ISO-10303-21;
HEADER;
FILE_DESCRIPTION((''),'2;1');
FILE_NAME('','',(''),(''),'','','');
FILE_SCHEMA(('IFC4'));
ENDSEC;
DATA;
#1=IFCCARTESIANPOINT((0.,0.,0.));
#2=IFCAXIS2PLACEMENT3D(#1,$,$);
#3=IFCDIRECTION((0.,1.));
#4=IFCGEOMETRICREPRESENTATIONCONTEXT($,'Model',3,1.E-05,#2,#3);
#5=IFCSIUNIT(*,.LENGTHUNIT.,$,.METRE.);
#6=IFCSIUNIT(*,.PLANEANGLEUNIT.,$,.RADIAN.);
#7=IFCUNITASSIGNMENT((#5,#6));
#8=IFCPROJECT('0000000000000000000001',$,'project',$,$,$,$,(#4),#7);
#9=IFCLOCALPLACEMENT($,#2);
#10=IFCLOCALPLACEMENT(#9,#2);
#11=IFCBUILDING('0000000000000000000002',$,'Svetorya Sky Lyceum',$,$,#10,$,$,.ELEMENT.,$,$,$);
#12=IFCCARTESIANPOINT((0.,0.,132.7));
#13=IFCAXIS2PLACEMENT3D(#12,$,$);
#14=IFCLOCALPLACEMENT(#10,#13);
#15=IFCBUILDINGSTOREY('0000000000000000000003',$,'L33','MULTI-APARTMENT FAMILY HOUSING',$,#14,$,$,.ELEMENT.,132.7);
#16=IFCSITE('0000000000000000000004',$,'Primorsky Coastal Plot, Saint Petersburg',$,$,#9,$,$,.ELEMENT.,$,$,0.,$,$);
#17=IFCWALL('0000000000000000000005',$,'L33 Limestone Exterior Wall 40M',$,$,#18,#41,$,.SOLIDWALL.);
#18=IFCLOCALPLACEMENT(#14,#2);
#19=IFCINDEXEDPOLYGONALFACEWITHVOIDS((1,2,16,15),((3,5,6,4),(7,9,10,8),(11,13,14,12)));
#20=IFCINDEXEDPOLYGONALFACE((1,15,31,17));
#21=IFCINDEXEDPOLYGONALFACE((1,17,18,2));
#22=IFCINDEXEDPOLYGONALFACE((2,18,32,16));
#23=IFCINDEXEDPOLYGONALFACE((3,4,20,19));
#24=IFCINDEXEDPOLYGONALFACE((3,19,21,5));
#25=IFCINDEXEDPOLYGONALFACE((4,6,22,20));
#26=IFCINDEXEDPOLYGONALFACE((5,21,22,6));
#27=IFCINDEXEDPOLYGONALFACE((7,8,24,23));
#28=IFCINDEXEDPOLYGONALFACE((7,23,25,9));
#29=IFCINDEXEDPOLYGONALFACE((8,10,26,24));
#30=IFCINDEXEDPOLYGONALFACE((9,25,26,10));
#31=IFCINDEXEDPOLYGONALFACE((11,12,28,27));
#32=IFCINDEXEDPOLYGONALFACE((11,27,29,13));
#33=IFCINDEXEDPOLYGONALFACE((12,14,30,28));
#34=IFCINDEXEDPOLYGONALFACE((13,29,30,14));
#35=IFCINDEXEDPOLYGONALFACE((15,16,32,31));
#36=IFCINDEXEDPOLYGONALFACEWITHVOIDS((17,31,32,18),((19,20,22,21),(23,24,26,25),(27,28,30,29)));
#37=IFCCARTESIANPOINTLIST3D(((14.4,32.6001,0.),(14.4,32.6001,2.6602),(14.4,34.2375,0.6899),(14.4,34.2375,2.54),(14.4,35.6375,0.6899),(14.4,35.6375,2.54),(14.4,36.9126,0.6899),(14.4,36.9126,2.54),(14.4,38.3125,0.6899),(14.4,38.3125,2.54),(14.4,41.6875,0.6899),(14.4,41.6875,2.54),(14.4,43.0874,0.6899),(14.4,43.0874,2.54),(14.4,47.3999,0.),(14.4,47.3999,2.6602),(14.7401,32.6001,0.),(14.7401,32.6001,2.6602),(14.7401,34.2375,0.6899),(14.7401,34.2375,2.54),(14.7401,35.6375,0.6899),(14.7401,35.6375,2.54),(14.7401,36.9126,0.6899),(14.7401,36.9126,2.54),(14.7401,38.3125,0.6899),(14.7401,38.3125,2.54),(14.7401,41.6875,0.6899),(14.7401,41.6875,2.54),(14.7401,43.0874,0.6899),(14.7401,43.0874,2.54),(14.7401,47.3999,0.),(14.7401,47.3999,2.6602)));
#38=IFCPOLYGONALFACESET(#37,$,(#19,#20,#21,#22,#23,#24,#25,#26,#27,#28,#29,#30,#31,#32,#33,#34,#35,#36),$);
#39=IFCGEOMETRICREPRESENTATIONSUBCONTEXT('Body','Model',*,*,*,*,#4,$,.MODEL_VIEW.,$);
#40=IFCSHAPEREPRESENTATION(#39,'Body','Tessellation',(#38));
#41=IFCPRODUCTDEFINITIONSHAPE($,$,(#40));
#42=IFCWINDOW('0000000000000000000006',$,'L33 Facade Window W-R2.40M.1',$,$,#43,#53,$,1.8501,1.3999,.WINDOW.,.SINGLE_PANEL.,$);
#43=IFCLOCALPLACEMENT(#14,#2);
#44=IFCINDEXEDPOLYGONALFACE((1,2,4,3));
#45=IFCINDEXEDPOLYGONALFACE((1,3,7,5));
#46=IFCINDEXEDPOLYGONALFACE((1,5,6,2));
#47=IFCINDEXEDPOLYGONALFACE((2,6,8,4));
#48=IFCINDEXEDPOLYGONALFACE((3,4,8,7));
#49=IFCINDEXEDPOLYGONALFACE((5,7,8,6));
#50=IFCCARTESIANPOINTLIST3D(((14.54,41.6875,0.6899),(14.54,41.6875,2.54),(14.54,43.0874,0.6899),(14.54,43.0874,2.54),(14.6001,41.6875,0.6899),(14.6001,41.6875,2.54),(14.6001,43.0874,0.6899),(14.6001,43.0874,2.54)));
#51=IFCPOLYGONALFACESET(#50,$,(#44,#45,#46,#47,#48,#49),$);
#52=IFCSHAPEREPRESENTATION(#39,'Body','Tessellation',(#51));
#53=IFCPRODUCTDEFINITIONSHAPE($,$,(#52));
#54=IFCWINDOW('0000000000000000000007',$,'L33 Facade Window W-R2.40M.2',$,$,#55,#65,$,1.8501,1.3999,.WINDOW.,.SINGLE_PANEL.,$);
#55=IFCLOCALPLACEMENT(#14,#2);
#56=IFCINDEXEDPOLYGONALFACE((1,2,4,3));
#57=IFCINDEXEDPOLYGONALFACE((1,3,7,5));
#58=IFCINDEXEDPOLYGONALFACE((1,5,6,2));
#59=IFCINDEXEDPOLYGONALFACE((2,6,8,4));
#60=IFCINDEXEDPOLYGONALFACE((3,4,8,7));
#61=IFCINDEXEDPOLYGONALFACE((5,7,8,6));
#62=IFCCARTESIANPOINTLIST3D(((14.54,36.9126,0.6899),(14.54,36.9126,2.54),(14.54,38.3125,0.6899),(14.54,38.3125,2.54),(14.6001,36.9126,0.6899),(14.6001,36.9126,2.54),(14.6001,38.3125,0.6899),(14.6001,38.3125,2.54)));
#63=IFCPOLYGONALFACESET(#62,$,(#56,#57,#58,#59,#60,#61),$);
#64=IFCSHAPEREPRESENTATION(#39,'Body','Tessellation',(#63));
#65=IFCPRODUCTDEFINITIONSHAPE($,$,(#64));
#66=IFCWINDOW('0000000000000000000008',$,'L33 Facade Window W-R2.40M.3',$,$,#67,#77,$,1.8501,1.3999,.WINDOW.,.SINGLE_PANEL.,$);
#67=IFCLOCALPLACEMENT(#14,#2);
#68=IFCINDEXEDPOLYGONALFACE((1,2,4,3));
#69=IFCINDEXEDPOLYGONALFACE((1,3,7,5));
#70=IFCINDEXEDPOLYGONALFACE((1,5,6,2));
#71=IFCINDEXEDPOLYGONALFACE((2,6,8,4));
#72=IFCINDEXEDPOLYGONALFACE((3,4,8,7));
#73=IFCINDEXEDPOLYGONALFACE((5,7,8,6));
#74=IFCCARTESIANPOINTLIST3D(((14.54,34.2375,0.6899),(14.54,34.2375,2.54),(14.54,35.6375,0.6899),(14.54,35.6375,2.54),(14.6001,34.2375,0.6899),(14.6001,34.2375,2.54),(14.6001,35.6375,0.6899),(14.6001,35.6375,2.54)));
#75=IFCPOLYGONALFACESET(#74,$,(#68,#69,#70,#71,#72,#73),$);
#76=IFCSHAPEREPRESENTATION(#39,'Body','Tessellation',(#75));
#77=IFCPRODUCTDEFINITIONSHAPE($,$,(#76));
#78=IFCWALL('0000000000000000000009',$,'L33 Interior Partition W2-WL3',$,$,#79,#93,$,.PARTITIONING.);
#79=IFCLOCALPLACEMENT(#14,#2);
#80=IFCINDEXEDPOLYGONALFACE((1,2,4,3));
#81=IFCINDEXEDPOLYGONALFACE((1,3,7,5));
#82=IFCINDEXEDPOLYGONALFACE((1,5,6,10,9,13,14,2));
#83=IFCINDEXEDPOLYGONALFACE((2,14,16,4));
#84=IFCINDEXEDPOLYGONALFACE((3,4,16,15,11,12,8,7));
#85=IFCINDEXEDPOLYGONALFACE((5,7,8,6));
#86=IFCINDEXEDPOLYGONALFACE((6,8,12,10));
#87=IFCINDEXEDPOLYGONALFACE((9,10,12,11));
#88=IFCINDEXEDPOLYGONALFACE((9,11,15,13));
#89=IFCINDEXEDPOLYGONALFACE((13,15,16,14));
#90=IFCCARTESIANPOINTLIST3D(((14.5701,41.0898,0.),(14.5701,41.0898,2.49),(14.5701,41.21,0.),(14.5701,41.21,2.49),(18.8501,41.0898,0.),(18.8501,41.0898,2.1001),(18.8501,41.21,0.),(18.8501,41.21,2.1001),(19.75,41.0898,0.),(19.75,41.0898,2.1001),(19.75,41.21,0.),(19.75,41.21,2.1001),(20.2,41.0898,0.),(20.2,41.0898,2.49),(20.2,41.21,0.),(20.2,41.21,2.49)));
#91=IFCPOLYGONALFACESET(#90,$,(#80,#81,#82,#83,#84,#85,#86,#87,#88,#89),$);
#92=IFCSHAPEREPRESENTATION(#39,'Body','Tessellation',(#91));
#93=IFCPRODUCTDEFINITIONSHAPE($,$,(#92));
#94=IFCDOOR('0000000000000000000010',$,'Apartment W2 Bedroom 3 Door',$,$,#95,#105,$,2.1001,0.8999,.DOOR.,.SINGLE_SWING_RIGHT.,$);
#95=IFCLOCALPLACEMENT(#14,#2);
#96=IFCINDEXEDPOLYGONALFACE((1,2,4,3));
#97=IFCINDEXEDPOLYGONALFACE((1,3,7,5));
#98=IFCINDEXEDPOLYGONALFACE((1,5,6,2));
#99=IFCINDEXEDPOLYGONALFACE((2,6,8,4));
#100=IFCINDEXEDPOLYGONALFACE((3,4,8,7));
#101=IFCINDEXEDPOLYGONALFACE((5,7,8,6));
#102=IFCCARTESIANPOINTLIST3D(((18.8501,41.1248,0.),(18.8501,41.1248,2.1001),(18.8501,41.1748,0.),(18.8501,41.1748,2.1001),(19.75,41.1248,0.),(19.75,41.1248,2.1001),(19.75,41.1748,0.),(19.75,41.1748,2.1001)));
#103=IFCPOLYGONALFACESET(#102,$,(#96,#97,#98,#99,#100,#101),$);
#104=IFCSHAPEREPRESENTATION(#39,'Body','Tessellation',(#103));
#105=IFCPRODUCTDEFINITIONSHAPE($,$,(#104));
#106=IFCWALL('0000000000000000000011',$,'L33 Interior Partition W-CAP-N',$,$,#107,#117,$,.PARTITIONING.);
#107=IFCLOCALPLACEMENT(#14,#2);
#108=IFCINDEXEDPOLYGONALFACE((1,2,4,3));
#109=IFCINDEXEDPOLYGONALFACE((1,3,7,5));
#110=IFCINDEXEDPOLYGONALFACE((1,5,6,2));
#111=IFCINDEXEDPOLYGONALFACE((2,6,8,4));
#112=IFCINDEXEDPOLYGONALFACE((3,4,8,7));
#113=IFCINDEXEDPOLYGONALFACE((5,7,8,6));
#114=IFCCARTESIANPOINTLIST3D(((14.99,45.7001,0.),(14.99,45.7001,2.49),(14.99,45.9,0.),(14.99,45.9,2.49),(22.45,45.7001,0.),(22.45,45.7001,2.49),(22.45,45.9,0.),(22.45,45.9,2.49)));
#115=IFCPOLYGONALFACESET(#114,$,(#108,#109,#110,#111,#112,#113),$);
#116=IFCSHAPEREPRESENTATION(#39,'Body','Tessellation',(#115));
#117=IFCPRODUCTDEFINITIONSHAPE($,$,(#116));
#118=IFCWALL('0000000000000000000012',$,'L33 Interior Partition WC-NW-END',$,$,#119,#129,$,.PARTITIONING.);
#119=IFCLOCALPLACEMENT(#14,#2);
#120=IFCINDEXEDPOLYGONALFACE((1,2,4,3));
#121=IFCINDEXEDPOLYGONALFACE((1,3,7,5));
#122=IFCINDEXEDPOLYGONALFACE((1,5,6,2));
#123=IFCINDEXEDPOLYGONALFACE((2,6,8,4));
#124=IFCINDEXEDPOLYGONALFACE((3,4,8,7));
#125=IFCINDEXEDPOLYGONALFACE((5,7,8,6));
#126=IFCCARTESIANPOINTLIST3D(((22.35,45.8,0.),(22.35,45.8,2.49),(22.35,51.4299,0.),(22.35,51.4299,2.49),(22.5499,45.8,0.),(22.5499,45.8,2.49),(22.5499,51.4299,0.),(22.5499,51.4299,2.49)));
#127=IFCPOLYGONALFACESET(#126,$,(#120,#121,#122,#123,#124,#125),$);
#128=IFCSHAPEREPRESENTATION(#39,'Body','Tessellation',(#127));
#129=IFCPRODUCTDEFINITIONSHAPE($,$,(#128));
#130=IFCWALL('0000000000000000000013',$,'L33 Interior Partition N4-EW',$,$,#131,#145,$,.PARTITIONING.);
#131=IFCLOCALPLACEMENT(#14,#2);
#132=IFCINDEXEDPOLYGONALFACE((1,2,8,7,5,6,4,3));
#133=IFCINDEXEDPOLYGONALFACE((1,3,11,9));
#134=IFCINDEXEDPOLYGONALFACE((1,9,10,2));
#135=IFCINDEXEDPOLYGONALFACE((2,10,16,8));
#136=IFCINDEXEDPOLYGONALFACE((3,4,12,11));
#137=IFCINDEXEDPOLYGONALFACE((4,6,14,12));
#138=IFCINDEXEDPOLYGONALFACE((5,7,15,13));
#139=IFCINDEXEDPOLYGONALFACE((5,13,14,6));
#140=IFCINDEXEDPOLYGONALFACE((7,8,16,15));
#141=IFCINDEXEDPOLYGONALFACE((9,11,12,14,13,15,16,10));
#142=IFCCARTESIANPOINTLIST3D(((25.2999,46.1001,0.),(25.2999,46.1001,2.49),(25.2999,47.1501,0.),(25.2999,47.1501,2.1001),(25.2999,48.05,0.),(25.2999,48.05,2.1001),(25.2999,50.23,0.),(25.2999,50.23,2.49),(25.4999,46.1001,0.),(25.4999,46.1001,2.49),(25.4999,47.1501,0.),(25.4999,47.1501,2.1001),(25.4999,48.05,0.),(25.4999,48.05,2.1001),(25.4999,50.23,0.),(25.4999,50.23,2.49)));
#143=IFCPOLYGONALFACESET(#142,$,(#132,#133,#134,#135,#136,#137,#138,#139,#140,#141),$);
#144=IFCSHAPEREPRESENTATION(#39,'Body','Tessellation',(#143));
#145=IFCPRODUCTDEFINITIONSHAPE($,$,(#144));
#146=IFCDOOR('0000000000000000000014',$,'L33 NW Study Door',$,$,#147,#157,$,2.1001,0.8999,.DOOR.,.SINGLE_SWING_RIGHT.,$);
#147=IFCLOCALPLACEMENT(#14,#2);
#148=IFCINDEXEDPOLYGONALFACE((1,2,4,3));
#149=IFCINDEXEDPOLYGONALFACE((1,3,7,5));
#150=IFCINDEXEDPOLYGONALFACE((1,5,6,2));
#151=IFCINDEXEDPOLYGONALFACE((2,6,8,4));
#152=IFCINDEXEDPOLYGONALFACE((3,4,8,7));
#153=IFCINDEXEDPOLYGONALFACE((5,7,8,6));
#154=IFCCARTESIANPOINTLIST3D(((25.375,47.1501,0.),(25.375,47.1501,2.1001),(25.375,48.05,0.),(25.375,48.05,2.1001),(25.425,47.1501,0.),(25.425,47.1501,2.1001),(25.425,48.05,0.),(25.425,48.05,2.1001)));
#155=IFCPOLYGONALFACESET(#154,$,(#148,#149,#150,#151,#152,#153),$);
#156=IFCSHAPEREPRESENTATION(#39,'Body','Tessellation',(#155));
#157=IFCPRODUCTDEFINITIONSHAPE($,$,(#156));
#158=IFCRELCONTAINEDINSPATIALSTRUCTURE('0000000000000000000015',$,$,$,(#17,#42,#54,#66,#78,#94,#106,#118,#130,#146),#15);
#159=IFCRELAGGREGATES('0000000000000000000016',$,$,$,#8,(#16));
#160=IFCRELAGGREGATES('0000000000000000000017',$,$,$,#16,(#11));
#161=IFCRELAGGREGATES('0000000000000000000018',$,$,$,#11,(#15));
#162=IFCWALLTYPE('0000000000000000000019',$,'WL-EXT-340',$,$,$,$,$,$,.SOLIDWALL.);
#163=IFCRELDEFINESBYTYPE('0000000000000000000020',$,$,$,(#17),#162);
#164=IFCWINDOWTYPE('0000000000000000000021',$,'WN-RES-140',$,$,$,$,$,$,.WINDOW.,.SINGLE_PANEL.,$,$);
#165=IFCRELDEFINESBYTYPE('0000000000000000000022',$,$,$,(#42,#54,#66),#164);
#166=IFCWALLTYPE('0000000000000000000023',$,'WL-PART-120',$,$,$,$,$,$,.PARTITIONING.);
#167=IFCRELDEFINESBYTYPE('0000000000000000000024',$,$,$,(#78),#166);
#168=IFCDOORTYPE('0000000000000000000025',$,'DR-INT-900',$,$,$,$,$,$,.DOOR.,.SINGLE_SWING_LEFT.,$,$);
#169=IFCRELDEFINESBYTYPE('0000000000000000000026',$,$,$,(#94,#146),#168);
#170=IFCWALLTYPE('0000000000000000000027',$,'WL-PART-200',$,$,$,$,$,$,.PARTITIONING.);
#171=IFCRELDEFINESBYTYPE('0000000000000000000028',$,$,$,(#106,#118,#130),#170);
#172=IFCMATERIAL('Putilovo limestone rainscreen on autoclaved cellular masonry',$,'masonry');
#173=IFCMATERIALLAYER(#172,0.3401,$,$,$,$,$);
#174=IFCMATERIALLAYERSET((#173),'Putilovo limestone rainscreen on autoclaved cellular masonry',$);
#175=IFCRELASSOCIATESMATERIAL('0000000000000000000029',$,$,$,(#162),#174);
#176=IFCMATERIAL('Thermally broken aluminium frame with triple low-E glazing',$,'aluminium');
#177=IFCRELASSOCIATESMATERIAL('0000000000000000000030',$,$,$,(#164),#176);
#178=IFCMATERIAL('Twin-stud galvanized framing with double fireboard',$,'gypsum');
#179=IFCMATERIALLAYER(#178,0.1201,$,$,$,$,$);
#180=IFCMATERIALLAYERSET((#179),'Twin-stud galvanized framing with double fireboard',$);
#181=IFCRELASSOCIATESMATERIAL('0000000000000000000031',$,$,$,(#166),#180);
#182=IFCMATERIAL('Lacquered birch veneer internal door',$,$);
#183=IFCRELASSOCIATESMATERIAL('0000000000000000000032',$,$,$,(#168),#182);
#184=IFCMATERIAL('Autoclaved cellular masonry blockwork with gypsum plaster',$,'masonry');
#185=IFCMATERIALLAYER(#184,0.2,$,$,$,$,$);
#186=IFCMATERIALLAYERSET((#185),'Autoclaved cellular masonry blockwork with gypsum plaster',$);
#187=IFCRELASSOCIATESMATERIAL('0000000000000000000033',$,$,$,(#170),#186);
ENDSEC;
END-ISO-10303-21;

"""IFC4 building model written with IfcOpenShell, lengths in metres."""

from ifc_helpers import new_model, si_unit, direction, frame, frame_2d, origin, place, context, subcontext, project, spatial, rectangle, extrude, material, layer, layer_set, type_object, element, fill, save


model = new_model("IFC4")

# Units and contexts
model_context = context("Model", 3, precision=1e-05, world=origin(), true_north=direction((0.0, 1.0)))
body_context = subcontext(model_context, "Body", "Model", "MODEL_VIEW")
ifc_project = project(units=[si_unit("LENGTHUNIT", "METRE"), si_unit("PLANEANGLEUNIT", "RADIAN")], contexts=[model_context])

# Site, building, storey
site_placement = place(None, origin())
site = spatial("IfcSite", under=ifc_project, at=site_placement, Name="Primorsky Coastal Plot, Saint Petersburg", CompositionType="ELEMENT", RefElevation=0.0)
building_placement = place(site_placement, origin())
building = spatial("IfcBuilding", under=site, at=building_placement, Name="Svetorya Sky Lyceum", CompositionType="ELEMENT")
storey_placement = place(building_placement, frame((0.0, 0.0, 132.7)))
storey = spatial("IfcBuildingStorey", under=building, at=storey_placement, Name="L33", Description="MULTI-APARTMENT FAMILY HOUSING", CompositionType="ELEMENT", Elevation=132.7)

# Shared definitions
ifc_material_1 = material(Name="Putilovo limestone rainscreen on autoclaved cellular masonry", Category="masonry")
ifc_layer_1 = layer(ifc_material_1, 0.3401)
ifc_layer_set_1 = layer_set([ifc_layer_1], Name="Putilovo limestone rainscreen on autoclaved cellular masonry")
wall_type_1 = type_object("IfcWallType", Name="WL-EXT-340", PredefinedType="SOLIDWALL", material=ifc_layer_set_1)

# Wall, openings, windows
wall_1_placement = place(storey_placement, frame((14.5701, 47.3999, 0.0), z_axis=(0.0, 0.0, 1.0), x_axis=(0.0, -1.0, 0.0)))
wall_1 = element("IfcWall", 1, at=wall_1_placement, inside=storey, type_object=wall_type_1, Name="L33 Limestone Exterior Wall 40M", PredefinedType="SOLIDWALL", context=body_context, shape_type="SweptSolid", body=[
    extrude(rectangle(XDim=14.7998, YDim=0.3401, at=frame_2d((7.3999, 0.0))), origin(), (0.0, 0.0, 1.0), 2.6602),
])
opening_1_placement = place(wall_1_placement, frame((4.3125, 0.0, 0.6899)))
opening_1 = element("IfcOpeningElement", 2, at=opening_1_placement, cuts=wall_1, PredefinedType="OPENING", context=body_context, shape_type="SweptSolid", body=[
    extrude(rectangle(XDim=1.3999, YDim=1.8501, at=frame_2d((0.7, 0.925))), frame((0.0, 0.1799, 0.0), z_axis=(0.0, -1.0, 0.0), x_axis=(1.0, 0.0, 0.0)), (0.0, 0.0, 1.0), 0.3601),
])
opening_2_placement = place(wall_1_placement, frame((9.0874, 0.0, 0.6899)))
opening_2 = element("IfcOpeningElement", 3, at=opening_2_placement, cuts=wall_1, PredefinedType="OPENING", context=body_context, shape_type="SweptSolid", body=[
    extrude(rectangle(XDim=1.3999, YDim=1.8501, at=frame_2d((0.7, 0.925))), frame((0.0, 0.1799, 0.0), z_axis=(0.0, -1.0, 0.0), x_axis=(1.0, 0.0, 0.0)), (0.0, 0.0, 1.0), 0.3601),
])
opening_3_placement = place(wall_1_placement, frame((11.7625, 0.0, 0.6899)))
opening_3 = element("IfcOpeningElement", 4, at=opening_3_placement, cuts=wall_1, PredefinedType="OPENING", context=body_context, shape_type="SweptSolid", body=[
    extrude(rectangle(XDim=1.3999, YDim=1.8501, at=frame_2d((0.7, 0.925))), frame((0.0, 0.1799, 0.0), z_axis=(0.0, -1.0, 0.0), x_axis=(1.0, 0.0, 0.0)), (0.0, 0.0, 1.0), 0.3601),
])
ifc_material_2 = material(Name="Thermally broken aluminium frame with triple low-E glazing", Category="aluminium")
window_type = type_object("IfcWindowType", Name="WN-RES-140", PartitioningType="SINGLE_PANEL", PredefinedType="WINDOW", material=ifc_material_2)
window_1_placement = place(opening_1_placement, origin())
window_1 = element("IfcWindow", 5, at=window_1_placement, inside=storey, type_object=window_type, Name="L33 Facade Window W-R2.40M.1", OverallHeight=1.8501, OverallWidth=1.3999, PartitioningType="SINGLE_PANEL", PredefinedType="WINDOW", context=body_context, shape_type="SweptSolid", body=[
    extrude(rectangle(XDim=1.3999, YDim=1.8501, at=frame_2d((0.7, 0.925))), frame((0.0, 0.03, 0.0), z_axis=(0.0, -1.0, 0.0), x_axis=(1.0, 0.0, 0.0)), (0.0, 0.0, 1.0), 0.0601),
])
fill(opening_1, window_1)
window_2_placement = place(opening_2_placement, origin())
window_2 = element("IfcWindow", 6, at=window_2_placement, inside=storey, type_object=window_type, Name="L33 Facade Window W-R2.40M.2", OverallHeight=1.8501, OverallWidth=1.3999, PartitioningType="SINGLE_PANEL", PredefinedType="WINDOW", context=body_context, shape_type="SweptSolid", body=[
    extrude(rectangle(XDim=1.3999, YDim=1.8501, at=frame_2d((0.7, 0.925))), frame((0.0, 0.03, 0.0), z_axis=(0.0, -1.0, 0.0), x_axis=(1.0, 0.0, 0.0)), (0.0, 0.0, 1.0), 0.0601),
])
fill(opening_2, window_2)
window_3_placement = place(opening_3_placement, origin())
window_3 = element("IfcWindow", 7, at=window_3_placement, inside=storey, type_object=window_type, Name="L33 Facade Window W-R2.40M.3", OverallHeight=1.8501, OverallWidth=1.3999, PartitioningType="SINGLE_PANEL", PredefinedType="WINDOW", context=body_context, shape_type="SweptSolid", body=[
    extrude(rectangle(XDim=1.3999, YDim=1.8501, at=frame_2d((0.7, 0.925))), frame((0.0, 0.03, 0.0), z_axis=(0.0, -1.0, 0.0), x_axis=(1.0, 0.0, 0.0)), (0.0, 0.0, 1.0), 0.0601),
])
fill(opening_3, window_3)

# Wall, opening, door
ifc_material_3 = material(Name="Twin-stud galvanized framing with double fireboard", Category="gypsum")
ifc_layer_2 = layer(ifc_material_3, 0.1201)
ifc_layer_set_2 = layer_set([ifc_layer_2], Name="Twin-stud galvanized framing with double fireboard")
wall_type_2 = type_object("IfcWallType", Name="WL-PART-120", PredefinedType="PARTITIONING", material=ifc_layer_set_2)
wall_2_placement = place(storey_placement, frame((14.5701, 41.1499, 0.0), z_axis=(0.0, 0.0, 1.0), x_axis=(1.0, 0.0, 0.0)))
wall_2 = element("IfcWall", 8, at=wall_2_placement, inside=storey, type_object=wall_type_2, Name="L33 Interior Partition W2-WL3", PredefinedType="PARTITIONING", context=body_context, shape_type="SweptSolid", body=[
    extrude(rectangle(XDim=5.6299, YDim=0.1201, at=frame_2d((2.8149, 0.0))), origin(), (0.0, 0.0, 1.0), 2.49),
])
opening_4_placement = place(wall_2_placement, frame((4.28, 0.0, 0.0)))
opening_4 = element("IfcOpeningElement", 9, at=opening_4_placement, cuts=wall_2, PredefinedType="OPENING", context=body_context, shape_type="SweptSolid", body=[
    extrude(rectangle(XDim=0.8999, YDim=2.1001, at=frame_2d((0.45, 1.05))), frame((0.0, 0.0701, 0.0), z_axis=(0.0, -1.0, 0.0), x_axis=(1.0, 0.0, 0.0)), (0.0, 0.0, 1.0), 0.1401),
])
ifc_material_4 = material(Name="Lacquered birch veneer internal door")
door_type = type_object("IfcDoorType", Name="DR-INT-900", OperationType="SINGLE_SWING_LEFT", PredefinedType="DOOR", material=ifc_material_4)
door_1_placement = place(opening_4_placement, origin())
door_1 = element("IfcDoor", 10, at=door_1_placement, inside=storey, type_object=door_type, Name="Apartment W2 Bedroom 3 Door", OperationType="SINGLE_SWING_RIGHT", OverallHeight=2.1001, OverallWidth=0.8999, PredefinedType="DOOR", context=body_context, shape_type="SweptSolid", body=[
    extrude(rectangle(XDim=0.8999, YDim=2.1001, at=frame_2d((0.45, 1.05))), frame((0.0, 0.0249, 0.0), z_axis=(0.0, -1.0, 0.0), x_axis=(1.0, 0.0, 0.0)), (0.0, 0.0, 1.0), 0.05),
])
fill(opening_4, door_1)

# Walls
ifc_material_5 = material(Name="Autoclaved cellular masonry blockwork with gypsum plaster", Category="masonry")
ifc_layer_3 = layer(ifc_material_5, 0.2)
ifc_layer_set_3 = layer_set([ifc_layer_3], Name="Autoclaved cellular masonry blockwork with gypsum plaster")
wall_type_3 = type_object("IfcWallType", Name="WL-PART-200", PredefinedType="PARTITIONING", material=ifc_layer_set_3)
wall_3_placement = place(storey_placement, frame((14.99, 45.8, 0.0), z_axis=(0.0, 0.0, 1.0), x_axis=(1.0, 0.0, 0.0)))
element("IfcWall", 11, at=wall_3_placement, inside=storey, type_object=wall_type_3, Name="L33 Interior Partition W-CAP-N", PredefinedType="PARTITIONING", context=body_context, shape_type="SweptSolid", body=[
    extrude(rectangle(XDim=7.46, YDim=0.2, at=frame_2d((3.73, 0.0))), origin(), (0.0, 0.0, 1.0), 2.49),
])
wall_4_placement = place(storey_placement, frame((22.45, 45.8, 0.0), z_axis=(0.0, 0.0, 1.0), x_axis=(0.0, 1.0, 0.0)))
element("IfcWall", 12, at=wall_4_placement, inside=storey, type_object=wall_type_3, Name="L33 Interior Partition WC-NW-END", PredefinedType="PARTITIONING", context=body_context, shape_type="SweptSolid", body=[
    extrude(rectangle(XDim=5.6299, YDim=0.2, at=frame_2d((2.8149, 0.0))), origin(), (0.0, 0.0, 1.0), 2.49),
])

# Wall, opening, door
wall_5_placement = place(storey_placement, frame((25.3999, 46.1001, 0.0), z_axis=(0.0, 0.0, 1.0), x_axis=(0.0, 1.0, 0.0)))
wall_5 = element("IfcWall", 13, at=wall_5_placement, inside=storey, type_object=wall_type_3, Name="L33 Interior Partition N4-EW", PredefinedType="PARTITIONING", context=body_context, shape_type="SweptSolid", body=[
    extrude(rectangle(XDim=4.1299, YDim=0.2, at=frame_2d((2.0649, 0.0))), origin(), (0.0, 0.0, 1.0), 2.49),
])
opening_5_placement = place(wall_5_placement, frame((1.05, 0.0, 0.0)))
opening_5 = element("IfcOpeningElement", 14, at=opening_5_placement, cuts=wall_5, PredefinedType="OPENING", context=body_context, shape_type="SweptSolid", body=[
    extrude(rectangle(XDim=0.8999, YDim=2.1001, at=frame_2d((0.45, 1.05))), frame((0.0, 0.1099, 0.0), z_axis=(0.0, -1.0, 0.0), x_axis=(1.0, 0.0, 0.0)), (0.0, 0.0, 1.0), 0.22),
])
door_2_placement = place(opening_5_placement, origin())
door_2 = element("IfcDoor", 15, at=door_2_placement, inside=storey, type_object=door_type, Name="L33 NW Study Door", OperationType="SINGLE_SWING_RIGHT", OverallHeight=2.1001, OverallWidth=0.8999, PredefinedType="DOOR", context=body_context, shape_type="SweptSolid", body=[
    extrude(rectangle(XDim=0.8999, YDim=2.1001, at=frame_2d((0.45, 1.05))), frame((0.0, 0.0249, 0.0), z_axis=(0.0, -1.0, 0.0), x_axis=(1.0, 0.0, 0.0)), (0.0, 0.0, 1.0), 0.05),
])
fill(opening_5, door_2)

save(model, "model.ifc")
